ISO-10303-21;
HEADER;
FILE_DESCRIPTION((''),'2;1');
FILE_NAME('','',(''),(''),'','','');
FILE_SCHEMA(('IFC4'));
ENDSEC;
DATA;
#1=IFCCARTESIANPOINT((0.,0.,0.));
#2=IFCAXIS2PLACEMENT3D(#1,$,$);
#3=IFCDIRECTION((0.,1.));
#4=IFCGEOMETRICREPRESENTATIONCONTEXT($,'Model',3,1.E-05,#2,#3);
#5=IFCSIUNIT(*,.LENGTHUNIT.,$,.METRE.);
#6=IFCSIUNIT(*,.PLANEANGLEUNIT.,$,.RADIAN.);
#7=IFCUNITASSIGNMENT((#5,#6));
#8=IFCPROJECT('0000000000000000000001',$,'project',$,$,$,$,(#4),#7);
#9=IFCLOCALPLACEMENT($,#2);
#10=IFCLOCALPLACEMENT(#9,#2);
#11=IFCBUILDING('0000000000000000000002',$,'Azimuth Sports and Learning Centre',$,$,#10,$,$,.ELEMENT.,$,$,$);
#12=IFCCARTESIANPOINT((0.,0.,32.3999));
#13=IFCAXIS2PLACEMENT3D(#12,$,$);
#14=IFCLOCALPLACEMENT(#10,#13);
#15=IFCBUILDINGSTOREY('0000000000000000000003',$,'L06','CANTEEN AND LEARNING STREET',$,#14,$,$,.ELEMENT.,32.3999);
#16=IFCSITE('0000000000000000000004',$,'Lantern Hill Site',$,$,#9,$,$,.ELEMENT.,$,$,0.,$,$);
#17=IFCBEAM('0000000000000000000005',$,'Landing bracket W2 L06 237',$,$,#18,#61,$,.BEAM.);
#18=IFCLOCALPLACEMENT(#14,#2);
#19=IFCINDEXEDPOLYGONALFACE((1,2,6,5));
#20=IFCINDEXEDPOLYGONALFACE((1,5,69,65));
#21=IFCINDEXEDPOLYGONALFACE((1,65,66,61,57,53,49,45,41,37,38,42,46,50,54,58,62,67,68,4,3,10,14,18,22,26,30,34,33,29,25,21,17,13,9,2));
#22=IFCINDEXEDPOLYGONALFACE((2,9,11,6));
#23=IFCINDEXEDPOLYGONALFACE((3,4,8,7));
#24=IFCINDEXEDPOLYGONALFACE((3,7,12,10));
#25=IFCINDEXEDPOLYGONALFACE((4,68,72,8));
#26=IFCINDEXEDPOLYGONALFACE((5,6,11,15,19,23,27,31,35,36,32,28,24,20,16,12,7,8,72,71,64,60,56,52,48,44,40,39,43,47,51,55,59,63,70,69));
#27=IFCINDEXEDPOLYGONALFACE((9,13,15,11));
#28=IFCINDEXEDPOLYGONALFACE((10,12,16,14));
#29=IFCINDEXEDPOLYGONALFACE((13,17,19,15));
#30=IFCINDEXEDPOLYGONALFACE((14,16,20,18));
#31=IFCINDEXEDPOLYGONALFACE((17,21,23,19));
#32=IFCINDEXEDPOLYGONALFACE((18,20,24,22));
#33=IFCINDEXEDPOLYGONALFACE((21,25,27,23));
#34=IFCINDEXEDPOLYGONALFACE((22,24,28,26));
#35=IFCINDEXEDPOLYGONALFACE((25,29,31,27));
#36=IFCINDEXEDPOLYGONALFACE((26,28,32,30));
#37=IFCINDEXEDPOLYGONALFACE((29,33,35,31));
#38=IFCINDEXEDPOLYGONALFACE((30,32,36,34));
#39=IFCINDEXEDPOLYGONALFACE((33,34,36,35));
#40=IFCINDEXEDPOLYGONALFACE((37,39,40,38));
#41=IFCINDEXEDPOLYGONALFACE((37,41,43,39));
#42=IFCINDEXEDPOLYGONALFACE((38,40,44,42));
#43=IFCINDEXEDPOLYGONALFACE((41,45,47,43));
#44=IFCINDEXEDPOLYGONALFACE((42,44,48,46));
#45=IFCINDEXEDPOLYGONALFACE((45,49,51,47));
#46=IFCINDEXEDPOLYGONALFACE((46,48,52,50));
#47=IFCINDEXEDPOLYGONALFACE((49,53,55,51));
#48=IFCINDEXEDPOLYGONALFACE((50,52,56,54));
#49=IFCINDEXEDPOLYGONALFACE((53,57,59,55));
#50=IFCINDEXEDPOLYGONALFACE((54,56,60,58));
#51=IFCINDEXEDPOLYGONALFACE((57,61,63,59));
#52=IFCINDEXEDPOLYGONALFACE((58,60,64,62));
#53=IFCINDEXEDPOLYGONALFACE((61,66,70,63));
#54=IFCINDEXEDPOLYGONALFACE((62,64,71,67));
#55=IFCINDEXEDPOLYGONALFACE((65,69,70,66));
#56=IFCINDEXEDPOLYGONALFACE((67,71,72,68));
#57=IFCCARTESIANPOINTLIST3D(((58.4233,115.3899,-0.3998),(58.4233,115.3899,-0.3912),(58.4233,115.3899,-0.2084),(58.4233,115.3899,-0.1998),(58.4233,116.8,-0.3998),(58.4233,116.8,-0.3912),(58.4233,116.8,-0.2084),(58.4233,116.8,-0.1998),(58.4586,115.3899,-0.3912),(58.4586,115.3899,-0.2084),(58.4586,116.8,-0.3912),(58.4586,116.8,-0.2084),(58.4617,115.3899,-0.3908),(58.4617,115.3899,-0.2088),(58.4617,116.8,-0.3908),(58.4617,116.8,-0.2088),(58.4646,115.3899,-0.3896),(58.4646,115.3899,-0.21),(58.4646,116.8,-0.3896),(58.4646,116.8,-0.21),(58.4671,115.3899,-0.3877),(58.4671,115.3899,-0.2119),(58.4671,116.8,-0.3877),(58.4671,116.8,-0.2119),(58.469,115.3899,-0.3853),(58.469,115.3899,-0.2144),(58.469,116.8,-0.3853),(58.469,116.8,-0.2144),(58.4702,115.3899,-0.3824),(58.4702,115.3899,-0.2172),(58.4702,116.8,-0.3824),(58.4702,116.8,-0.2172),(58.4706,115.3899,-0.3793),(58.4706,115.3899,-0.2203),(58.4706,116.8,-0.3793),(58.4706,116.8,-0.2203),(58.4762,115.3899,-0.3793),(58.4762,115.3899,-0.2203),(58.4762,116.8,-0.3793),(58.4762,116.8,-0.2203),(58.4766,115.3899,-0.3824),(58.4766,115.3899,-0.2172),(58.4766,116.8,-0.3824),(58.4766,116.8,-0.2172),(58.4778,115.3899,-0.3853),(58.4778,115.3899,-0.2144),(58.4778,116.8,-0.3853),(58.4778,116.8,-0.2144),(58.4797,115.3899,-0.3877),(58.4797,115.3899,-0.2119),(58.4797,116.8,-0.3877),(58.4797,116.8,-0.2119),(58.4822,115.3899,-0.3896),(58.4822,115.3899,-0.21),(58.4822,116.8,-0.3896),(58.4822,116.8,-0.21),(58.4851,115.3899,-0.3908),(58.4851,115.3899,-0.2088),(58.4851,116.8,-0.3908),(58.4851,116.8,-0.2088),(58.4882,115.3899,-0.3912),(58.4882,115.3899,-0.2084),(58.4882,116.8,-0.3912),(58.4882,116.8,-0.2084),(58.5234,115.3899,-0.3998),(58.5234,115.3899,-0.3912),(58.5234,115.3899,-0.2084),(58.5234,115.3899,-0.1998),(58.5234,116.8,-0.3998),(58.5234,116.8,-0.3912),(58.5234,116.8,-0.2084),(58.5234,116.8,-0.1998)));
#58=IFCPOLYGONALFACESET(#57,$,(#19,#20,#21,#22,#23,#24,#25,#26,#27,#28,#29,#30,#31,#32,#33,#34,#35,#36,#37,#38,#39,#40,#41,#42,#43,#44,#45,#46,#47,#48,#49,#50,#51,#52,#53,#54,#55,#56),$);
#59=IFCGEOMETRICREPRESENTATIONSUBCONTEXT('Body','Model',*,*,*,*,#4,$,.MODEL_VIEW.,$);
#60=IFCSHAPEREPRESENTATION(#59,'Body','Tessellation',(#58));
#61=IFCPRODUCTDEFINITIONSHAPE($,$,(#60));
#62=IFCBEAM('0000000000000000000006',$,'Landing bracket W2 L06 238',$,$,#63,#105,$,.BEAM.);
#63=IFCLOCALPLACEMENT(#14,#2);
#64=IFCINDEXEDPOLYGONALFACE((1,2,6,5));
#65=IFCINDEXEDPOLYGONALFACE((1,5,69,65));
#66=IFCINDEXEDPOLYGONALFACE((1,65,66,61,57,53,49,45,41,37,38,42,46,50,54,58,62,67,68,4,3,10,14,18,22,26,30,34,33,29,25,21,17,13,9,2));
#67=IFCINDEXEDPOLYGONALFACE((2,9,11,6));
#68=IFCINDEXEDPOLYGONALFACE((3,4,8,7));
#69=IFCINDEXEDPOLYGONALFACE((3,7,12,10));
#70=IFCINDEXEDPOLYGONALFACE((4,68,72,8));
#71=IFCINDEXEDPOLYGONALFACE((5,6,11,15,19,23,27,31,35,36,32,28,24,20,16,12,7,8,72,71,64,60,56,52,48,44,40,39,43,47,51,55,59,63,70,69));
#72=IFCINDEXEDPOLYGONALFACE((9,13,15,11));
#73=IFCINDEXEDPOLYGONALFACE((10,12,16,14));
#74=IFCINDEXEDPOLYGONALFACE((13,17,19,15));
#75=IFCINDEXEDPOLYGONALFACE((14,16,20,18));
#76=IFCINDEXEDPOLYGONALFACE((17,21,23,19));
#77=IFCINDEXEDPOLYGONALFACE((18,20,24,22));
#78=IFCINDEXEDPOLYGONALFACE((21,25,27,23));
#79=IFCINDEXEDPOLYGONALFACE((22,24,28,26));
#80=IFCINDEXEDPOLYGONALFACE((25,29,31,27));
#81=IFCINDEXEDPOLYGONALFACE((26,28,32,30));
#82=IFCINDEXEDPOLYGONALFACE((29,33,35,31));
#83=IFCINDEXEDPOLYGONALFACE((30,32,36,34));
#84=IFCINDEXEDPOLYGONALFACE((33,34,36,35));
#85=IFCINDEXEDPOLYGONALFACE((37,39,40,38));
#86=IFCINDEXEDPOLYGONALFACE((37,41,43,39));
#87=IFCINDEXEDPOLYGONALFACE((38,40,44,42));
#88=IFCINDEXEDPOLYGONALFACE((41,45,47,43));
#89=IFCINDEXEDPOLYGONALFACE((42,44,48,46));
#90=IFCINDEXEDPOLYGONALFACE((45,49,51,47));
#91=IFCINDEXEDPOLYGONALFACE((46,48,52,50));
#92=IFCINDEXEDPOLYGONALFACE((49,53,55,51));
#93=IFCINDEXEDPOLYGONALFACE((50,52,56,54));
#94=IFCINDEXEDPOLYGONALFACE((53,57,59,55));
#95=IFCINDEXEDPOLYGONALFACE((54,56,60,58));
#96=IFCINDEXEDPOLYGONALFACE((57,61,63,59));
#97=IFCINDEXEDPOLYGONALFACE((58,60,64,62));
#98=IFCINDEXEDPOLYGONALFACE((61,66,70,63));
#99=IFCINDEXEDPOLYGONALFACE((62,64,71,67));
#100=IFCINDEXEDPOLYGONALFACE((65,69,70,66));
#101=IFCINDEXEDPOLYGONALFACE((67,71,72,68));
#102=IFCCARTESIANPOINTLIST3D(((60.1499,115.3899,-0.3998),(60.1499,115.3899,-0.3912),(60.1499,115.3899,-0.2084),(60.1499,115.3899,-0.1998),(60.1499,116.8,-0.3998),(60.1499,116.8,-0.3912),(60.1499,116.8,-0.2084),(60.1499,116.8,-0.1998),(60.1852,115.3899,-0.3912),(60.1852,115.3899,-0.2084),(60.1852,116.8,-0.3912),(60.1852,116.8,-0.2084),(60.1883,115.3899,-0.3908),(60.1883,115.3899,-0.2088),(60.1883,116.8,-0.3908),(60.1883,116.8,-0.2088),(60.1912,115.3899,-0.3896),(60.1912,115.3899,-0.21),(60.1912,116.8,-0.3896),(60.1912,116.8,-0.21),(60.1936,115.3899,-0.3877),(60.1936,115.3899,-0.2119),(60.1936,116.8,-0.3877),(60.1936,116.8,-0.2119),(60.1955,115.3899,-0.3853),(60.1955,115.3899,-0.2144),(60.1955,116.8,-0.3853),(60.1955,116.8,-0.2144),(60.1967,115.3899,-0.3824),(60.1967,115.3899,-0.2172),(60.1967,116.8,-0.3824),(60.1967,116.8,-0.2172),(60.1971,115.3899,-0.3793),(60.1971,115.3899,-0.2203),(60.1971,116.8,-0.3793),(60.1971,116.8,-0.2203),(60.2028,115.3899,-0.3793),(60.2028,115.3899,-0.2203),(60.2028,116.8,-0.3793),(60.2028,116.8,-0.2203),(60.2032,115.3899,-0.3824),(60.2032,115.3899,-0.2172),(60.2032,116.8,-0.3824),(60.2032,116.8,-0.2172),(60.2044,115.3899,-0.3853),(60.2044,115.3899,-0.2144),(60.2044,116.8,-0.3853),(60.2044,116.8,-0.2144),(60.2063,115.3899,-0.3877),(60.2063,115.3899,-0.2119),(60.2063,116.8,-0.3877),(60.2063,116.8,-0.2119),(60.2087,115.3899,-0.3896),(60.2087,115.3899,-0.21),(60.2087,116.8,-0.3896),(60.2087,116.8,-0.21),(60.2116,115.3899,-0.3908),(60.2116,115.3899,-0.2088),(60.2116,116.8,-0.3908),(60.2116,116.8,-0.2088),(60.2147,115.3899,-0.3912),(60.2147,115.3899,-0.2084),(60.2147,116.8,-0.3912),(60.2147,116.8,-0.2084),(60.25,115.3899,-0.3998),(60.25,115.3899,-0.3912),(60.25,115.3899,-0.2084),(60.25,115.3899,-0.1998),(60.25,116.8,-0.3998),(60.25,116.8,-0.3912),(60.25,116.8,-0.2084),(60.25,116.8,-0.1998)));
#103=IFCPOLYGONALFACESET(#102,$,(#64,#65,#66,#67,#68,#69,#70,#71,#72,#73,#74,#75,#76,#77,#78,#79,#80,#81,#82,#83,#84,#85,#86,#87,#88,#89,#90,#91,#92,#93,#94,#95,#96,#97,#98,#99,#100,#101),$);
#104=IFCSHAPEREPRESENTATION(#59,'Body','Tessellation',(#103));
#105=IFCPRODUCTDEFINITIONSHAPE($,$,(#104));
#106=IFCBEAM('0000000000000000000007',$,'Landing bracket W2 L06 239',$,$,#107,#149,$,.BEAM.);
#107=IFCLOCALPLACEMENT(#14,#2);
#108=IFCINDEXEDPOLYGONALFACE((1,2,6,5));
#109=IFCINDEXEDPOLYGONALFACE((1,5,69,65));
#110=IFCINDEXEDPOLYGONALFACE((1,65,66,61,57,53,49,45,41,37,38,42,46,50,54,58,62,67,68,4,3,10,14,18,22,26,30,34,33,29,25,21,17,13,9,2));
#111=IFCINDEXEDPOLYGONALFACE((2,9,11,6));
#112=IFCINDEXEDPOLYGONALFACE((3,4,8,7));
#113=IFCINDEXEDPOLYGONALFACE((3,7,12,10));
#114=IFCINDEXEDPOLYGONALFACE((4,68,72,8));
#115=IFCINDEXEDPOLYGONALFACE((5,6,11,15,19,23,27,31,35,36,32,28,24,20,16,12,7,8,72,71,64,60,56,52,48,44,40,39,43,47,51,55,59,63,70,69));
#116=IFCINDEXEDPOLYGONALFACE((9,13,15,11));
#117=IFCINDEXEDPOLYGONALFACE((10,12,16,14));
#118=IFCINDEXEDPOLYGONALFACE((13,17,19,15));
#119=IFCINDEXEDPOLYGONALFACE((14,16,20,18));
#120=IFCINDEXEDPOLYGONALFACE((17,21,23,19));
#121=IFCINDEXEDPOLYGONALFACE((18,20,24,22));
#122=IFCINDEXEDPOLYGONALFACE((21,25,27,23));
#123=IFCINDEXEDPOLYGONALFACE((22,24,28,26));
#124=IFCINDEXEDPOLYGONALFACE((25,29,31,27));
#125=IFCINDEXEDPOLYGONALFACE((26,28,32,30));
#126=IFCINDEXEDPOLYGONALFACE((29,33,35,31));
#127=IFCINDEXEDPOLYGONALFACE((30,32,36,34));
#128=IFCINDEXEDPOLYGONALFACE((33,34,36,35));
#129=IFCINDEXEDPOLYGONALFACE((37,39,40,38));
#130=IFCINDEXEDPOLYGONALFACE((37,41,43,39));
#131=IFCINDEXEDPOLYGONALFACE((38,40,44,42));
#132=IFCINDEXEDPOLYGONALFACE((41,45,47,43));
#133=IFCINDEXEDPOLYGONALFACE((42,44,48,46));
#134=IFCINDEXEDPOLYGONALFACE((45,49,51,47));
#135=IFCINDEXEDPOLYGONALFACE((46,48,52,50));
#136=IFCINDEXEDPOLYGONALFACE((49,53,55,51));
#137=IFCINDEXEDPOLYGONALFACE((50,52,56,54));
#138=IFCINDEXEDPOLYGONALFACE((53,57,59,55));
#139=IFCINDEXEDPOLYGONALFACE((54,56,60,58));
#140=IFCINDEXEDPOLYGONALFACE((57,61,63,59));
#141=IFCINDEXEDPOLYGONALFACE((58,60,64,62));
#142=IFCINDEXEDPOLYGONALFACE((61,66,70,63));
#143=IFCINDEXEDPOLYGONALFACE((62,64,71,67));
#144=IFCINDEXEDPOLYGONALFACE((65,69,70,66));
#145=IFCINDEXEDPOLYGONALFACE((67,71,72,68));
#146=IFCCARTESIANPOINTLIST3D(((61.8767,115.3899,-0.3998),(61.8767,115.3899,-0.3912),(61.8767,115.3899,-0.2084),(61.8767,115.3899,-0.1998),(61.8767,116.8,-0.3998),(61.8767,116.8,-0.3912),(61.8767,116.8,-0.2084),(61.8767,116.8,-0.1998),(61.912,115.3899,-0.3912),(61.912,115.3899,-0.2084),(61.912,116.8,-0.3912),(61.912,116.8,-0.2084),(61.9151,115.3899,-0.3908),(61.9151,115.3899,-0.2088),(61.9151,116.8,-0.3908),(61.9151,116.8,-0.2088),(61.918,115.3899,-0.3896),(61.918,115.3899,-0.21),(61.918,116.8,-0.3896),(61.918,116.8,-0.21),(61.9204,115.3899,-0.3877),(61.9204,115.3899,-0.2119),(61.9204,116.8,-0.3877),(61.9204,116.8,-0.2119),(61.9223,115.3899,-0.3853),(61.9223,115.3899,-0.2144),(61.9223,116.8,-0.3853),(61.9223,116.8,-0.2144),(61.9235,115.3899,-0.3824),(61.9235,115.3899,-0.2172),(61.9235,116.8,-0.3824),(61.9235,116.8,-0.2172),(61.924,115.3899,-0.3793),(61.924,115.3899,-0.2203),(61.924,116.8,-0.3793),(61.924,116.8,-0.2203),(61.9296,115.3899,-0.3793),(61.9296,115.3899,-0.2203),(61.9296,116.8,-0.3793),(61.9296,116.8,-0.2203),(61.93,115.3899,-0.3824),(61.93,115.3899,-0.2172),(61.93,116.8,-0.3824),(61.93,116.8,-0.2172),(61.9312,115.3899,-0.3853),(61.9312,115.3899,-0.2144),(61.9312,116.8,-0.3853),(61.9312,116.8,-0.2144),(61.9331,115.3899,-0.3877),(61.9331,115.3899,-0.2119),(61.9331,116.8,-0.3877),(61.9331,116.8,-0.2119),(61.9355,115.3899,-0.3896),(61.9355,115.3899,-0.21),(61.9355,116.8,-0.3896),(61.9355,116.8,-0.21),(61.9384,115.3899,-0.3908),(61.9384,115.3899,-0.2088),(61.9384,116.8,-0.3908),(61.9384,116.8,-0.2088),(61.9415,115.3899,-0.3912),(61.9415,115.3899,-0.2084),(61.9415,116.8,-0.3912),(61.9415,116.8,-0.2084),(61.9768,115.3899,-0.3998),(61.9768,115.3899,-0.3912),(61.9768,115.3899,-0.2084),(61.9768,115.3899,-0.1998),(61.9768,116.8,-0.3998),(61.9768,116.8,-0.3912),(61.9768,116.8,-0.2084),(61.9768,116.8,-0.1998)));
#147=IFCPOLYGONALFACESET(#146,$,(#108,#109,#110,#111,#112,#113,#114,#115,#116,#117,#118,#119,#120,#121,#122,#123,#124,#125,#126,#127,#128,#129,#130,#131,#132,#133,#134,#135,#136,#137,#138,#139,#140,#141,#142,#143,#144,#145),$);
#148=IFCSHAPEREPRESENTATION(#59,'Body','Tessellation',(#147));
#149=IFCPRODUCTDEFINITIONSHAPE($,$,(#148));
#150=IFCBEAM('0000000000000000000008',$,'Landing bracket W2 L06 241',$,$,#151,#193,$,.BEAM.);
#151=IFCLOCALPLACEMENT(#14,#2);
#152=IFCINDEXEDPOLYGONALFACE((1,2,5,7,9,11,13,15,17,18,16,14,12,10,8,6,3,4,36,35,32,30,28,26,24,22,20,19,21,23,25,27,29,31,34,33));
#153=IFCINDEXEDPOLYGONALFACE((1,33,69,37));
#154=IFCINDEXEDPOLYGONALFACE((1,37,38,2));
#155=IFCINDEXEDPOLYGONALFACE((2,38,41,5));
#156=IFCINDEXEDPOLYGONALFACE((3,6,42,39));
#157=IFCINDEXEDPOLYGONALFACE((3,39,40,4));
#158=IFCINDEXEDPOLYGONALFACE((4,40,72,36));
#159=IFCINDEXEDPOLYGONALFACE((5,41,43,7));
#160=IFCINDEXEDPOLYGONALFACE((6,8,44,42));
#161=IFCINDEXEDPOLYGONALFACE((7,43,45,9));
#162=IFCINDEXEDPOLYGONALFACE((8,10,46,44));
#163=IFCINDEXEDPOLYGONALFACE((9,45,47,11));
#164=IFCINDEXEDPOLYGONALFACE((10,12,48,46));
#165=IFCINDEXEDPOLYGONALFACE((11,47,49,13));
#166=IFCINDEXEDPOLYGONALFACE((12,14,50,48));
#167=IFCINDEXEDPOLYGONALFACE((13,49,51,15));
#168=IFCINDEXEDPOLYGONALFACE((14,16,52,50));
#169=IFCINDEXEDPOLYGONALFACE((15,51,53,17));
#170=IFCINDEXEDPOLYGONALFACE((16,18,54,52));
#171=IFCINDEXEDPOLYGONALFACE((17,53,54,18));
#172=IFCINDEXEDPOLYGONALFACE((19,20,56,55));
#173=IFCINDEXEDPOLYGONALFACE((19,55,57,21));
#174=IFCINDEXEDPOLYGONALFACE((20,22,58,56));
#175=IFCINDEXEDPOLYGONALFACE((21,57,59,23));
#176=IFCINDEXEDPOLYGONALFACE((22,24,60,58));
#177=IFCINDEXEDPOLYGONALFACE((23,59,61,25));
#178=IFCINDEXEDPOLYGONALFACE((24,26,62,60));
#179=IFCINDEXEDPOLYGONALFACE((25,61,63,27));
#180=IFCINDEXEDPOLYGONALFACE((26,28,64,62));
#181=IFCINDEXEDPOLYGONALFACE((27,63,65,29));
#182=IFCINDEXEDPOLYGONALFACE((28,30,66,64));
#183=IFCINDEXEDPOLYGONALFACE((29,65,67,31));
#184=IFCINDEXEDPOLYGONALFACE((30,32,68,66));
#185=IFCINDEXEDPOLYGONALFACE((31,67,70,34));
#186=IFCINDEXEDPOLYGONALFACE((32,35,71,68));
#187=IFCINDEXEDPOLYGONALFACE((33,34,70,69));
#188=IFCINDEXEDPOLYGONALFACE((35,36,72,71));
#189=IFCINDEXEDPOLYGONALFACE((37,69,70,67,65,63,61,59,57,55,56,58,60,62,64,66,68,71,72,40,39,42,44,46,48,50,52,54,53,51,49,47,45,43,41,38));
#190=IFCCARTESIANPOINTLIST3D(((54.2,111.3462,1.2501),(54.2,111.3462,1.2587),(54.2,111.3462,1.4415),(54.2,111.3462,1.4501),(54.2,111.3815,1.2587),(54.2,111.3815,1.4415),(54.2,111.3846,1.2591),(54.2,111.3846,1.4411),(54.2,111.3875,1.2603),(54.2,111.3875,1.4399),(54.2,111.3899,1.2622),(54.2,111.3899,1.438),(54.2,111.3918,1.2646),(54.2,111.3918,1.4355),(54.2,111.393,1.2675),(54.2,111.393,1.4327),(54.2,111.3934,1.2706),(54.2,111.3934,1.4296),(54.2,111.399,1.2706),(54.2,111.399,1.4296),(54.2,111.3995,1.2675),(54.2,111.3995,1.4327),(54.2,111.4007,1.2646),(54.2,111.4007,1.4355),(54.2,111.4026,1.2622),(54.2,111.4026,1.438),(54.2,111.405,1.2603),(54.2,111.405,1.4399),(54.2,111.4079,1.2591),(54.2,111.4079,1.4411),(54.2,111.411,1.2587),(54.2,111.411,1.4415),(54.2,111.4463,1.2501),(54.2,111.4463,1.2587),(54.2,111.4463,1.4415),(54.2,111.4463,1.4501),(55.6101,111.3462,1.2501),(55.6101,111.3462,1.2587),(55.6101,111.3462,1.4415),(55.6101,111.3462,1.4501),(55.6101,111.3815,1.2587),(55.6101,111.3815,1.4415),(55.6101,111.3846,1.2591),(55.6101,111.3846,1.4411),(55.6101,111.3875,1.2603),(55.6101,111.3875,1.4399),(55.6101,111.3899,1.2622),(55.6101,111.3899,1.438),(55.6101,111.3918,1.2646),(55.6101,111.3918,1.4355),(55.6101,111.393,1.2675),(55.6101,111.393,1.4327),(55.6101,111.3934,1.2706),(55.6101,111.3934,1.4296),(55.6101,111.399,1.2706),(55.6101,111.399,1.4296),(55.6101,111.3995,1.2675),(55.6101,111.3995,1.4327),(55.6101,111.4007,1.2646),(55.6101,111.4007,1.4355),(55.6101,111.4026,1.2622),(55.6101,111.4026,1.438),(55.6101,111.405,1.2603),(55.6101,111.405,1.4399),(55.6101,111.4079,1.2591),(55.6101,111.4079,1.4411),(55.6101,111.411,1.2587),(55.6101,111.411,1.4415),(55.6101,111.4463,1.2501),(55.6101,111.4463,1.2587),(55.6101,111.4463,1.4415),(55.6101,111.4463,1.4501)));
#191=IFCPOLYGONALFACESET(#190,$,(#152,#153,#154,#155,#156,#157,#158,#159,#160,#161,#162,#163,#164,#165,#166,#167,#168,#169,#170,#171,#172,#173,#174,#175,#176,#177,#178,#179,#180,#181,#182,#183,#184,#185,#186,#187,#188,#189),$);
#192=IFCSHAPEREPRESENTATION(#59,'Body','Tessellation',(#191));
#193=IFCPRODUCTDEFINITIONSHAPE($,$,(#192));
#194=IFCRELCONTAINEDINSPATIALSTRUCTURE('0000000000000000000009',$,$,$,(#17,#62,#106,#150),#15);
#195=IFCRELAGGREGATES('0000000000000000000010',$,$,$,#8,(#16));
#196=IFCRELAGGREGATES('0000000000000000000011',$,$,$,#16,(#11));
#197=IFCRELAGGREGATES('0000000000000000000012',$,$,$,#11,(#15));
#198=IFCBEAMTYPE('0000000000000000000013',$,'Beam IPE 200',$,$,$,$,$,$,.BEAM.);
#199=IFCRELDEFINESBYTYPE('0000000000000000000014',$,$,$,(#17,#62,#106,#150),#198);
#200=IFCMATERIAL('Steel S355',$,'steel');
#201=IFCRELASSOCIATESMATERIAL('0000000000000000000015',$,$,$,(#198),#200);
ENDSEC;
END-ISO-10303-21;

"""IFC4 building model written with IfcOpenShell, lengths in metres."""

from ifc_helpers import new_model, si_unit, direction, frame, origin, origin_2d, place, context, subcontext, project, spatial, i_section, extrude, material, material_profile, profile_set, type_object, element, save


model = new_model("IFC4")

# Units and contexts
model_context = context("Model", 3, precision=1e-05, world=origin(), true_north=direction((0.0, 1.0)))
body_context = subcontext(model_context, "Body", "Model", "MODEL_VIEW")
ifc_project = project(units=[si_unit("LENGTHUNIT", "METRE"), si_unit("PLANEANGLEUNIT", "RADIAN")], contexts=[model_context])

# Site, building, storey
site_placement = place(None, origin())
site = spatial("IfcSite", under=ifc_project, at=site_placement, Name="Lantern Hill Site", CompositionType="ELEMENT", RefElevation=0.0)
building_placement = place(site_placement, origin())
building = spatial("IfcBuilding", under=site, at=building_placement, Name="Azimuth Sports and Learning Centre", CompositionType="ELEMENT")
storey_placement = place(building_placement, frame((0.0, 0.0, 32.3999)))
storey = spatial("IfcBuildingStorey", under=building, at=storey_placement, Name="L06", Description="CANTEEN AND LEARNING STREET", CompositionType="ELEMENT", Elevation=32.3999)

# Beams
ifc_material_1 = material(Name="Steel S355", Category="steel")
ifc_material_profile = material_profile(ifc_material_1, i_section(OverallWidth=0.1001, OverallDepth=0.2, WebThickness=0.0056, FlangeThickness=0.0085, FilletRadius=0.012, at=origin_2d()), Name="IPE 200")
ifc_profile_set = profile_set([ifc_material_profile], Name="Steel S355")
beam_type = type_object("IfcBeamType", Name="Beam IPE 200", PredefinedType="BEAM", material=ifc_profile_set)
for number, where, z_axis, x_axis, name in (
    (1, (58.4734, 116.8, -0.2998), (0.0, -1.0, 0.0), (1.0, 0.0, 0.0), "Landing bracket W2 L06 237"),
    (2, (60.2, 116.8, -0.2998), (0.0, -1.0, 0.0), (1.0, 0.0, 0.0), "Landing bracket W2 L06 238"),
    (3, (61.9268, 116.8, -0.2998), (0.0, -1.0, 0.0), (1.0, 0.0, 0.0), "Landing bracket W2 L06 239"),
    (4, (54.2, 111.3962, 1.3501), (1.0, 0.0, 0.0), (0.0, 1.0, 0.0), "Landing bracket W2 L06 241"),
):
    element("IfcBeam", number, at=place(storey_placement, frame(where, z_axis=z_axis, x_axis=x_axis)), inside=storey, type_object=beam_type, Name=name, PredefinedType="BEAM", context=body_context, shape_type="SweptSolid", body=[
        extrude(i_section(OverallWidth=0.1001, OverallDepth=0.2, WebThickness=0.0056, FlangeThickness=0.0085, FilletRadius=0.012, at=origin_2d()), origin(), (0.0, 0.0, 1.0), 1.4102),
    ])

save(model, "model.ifc")
